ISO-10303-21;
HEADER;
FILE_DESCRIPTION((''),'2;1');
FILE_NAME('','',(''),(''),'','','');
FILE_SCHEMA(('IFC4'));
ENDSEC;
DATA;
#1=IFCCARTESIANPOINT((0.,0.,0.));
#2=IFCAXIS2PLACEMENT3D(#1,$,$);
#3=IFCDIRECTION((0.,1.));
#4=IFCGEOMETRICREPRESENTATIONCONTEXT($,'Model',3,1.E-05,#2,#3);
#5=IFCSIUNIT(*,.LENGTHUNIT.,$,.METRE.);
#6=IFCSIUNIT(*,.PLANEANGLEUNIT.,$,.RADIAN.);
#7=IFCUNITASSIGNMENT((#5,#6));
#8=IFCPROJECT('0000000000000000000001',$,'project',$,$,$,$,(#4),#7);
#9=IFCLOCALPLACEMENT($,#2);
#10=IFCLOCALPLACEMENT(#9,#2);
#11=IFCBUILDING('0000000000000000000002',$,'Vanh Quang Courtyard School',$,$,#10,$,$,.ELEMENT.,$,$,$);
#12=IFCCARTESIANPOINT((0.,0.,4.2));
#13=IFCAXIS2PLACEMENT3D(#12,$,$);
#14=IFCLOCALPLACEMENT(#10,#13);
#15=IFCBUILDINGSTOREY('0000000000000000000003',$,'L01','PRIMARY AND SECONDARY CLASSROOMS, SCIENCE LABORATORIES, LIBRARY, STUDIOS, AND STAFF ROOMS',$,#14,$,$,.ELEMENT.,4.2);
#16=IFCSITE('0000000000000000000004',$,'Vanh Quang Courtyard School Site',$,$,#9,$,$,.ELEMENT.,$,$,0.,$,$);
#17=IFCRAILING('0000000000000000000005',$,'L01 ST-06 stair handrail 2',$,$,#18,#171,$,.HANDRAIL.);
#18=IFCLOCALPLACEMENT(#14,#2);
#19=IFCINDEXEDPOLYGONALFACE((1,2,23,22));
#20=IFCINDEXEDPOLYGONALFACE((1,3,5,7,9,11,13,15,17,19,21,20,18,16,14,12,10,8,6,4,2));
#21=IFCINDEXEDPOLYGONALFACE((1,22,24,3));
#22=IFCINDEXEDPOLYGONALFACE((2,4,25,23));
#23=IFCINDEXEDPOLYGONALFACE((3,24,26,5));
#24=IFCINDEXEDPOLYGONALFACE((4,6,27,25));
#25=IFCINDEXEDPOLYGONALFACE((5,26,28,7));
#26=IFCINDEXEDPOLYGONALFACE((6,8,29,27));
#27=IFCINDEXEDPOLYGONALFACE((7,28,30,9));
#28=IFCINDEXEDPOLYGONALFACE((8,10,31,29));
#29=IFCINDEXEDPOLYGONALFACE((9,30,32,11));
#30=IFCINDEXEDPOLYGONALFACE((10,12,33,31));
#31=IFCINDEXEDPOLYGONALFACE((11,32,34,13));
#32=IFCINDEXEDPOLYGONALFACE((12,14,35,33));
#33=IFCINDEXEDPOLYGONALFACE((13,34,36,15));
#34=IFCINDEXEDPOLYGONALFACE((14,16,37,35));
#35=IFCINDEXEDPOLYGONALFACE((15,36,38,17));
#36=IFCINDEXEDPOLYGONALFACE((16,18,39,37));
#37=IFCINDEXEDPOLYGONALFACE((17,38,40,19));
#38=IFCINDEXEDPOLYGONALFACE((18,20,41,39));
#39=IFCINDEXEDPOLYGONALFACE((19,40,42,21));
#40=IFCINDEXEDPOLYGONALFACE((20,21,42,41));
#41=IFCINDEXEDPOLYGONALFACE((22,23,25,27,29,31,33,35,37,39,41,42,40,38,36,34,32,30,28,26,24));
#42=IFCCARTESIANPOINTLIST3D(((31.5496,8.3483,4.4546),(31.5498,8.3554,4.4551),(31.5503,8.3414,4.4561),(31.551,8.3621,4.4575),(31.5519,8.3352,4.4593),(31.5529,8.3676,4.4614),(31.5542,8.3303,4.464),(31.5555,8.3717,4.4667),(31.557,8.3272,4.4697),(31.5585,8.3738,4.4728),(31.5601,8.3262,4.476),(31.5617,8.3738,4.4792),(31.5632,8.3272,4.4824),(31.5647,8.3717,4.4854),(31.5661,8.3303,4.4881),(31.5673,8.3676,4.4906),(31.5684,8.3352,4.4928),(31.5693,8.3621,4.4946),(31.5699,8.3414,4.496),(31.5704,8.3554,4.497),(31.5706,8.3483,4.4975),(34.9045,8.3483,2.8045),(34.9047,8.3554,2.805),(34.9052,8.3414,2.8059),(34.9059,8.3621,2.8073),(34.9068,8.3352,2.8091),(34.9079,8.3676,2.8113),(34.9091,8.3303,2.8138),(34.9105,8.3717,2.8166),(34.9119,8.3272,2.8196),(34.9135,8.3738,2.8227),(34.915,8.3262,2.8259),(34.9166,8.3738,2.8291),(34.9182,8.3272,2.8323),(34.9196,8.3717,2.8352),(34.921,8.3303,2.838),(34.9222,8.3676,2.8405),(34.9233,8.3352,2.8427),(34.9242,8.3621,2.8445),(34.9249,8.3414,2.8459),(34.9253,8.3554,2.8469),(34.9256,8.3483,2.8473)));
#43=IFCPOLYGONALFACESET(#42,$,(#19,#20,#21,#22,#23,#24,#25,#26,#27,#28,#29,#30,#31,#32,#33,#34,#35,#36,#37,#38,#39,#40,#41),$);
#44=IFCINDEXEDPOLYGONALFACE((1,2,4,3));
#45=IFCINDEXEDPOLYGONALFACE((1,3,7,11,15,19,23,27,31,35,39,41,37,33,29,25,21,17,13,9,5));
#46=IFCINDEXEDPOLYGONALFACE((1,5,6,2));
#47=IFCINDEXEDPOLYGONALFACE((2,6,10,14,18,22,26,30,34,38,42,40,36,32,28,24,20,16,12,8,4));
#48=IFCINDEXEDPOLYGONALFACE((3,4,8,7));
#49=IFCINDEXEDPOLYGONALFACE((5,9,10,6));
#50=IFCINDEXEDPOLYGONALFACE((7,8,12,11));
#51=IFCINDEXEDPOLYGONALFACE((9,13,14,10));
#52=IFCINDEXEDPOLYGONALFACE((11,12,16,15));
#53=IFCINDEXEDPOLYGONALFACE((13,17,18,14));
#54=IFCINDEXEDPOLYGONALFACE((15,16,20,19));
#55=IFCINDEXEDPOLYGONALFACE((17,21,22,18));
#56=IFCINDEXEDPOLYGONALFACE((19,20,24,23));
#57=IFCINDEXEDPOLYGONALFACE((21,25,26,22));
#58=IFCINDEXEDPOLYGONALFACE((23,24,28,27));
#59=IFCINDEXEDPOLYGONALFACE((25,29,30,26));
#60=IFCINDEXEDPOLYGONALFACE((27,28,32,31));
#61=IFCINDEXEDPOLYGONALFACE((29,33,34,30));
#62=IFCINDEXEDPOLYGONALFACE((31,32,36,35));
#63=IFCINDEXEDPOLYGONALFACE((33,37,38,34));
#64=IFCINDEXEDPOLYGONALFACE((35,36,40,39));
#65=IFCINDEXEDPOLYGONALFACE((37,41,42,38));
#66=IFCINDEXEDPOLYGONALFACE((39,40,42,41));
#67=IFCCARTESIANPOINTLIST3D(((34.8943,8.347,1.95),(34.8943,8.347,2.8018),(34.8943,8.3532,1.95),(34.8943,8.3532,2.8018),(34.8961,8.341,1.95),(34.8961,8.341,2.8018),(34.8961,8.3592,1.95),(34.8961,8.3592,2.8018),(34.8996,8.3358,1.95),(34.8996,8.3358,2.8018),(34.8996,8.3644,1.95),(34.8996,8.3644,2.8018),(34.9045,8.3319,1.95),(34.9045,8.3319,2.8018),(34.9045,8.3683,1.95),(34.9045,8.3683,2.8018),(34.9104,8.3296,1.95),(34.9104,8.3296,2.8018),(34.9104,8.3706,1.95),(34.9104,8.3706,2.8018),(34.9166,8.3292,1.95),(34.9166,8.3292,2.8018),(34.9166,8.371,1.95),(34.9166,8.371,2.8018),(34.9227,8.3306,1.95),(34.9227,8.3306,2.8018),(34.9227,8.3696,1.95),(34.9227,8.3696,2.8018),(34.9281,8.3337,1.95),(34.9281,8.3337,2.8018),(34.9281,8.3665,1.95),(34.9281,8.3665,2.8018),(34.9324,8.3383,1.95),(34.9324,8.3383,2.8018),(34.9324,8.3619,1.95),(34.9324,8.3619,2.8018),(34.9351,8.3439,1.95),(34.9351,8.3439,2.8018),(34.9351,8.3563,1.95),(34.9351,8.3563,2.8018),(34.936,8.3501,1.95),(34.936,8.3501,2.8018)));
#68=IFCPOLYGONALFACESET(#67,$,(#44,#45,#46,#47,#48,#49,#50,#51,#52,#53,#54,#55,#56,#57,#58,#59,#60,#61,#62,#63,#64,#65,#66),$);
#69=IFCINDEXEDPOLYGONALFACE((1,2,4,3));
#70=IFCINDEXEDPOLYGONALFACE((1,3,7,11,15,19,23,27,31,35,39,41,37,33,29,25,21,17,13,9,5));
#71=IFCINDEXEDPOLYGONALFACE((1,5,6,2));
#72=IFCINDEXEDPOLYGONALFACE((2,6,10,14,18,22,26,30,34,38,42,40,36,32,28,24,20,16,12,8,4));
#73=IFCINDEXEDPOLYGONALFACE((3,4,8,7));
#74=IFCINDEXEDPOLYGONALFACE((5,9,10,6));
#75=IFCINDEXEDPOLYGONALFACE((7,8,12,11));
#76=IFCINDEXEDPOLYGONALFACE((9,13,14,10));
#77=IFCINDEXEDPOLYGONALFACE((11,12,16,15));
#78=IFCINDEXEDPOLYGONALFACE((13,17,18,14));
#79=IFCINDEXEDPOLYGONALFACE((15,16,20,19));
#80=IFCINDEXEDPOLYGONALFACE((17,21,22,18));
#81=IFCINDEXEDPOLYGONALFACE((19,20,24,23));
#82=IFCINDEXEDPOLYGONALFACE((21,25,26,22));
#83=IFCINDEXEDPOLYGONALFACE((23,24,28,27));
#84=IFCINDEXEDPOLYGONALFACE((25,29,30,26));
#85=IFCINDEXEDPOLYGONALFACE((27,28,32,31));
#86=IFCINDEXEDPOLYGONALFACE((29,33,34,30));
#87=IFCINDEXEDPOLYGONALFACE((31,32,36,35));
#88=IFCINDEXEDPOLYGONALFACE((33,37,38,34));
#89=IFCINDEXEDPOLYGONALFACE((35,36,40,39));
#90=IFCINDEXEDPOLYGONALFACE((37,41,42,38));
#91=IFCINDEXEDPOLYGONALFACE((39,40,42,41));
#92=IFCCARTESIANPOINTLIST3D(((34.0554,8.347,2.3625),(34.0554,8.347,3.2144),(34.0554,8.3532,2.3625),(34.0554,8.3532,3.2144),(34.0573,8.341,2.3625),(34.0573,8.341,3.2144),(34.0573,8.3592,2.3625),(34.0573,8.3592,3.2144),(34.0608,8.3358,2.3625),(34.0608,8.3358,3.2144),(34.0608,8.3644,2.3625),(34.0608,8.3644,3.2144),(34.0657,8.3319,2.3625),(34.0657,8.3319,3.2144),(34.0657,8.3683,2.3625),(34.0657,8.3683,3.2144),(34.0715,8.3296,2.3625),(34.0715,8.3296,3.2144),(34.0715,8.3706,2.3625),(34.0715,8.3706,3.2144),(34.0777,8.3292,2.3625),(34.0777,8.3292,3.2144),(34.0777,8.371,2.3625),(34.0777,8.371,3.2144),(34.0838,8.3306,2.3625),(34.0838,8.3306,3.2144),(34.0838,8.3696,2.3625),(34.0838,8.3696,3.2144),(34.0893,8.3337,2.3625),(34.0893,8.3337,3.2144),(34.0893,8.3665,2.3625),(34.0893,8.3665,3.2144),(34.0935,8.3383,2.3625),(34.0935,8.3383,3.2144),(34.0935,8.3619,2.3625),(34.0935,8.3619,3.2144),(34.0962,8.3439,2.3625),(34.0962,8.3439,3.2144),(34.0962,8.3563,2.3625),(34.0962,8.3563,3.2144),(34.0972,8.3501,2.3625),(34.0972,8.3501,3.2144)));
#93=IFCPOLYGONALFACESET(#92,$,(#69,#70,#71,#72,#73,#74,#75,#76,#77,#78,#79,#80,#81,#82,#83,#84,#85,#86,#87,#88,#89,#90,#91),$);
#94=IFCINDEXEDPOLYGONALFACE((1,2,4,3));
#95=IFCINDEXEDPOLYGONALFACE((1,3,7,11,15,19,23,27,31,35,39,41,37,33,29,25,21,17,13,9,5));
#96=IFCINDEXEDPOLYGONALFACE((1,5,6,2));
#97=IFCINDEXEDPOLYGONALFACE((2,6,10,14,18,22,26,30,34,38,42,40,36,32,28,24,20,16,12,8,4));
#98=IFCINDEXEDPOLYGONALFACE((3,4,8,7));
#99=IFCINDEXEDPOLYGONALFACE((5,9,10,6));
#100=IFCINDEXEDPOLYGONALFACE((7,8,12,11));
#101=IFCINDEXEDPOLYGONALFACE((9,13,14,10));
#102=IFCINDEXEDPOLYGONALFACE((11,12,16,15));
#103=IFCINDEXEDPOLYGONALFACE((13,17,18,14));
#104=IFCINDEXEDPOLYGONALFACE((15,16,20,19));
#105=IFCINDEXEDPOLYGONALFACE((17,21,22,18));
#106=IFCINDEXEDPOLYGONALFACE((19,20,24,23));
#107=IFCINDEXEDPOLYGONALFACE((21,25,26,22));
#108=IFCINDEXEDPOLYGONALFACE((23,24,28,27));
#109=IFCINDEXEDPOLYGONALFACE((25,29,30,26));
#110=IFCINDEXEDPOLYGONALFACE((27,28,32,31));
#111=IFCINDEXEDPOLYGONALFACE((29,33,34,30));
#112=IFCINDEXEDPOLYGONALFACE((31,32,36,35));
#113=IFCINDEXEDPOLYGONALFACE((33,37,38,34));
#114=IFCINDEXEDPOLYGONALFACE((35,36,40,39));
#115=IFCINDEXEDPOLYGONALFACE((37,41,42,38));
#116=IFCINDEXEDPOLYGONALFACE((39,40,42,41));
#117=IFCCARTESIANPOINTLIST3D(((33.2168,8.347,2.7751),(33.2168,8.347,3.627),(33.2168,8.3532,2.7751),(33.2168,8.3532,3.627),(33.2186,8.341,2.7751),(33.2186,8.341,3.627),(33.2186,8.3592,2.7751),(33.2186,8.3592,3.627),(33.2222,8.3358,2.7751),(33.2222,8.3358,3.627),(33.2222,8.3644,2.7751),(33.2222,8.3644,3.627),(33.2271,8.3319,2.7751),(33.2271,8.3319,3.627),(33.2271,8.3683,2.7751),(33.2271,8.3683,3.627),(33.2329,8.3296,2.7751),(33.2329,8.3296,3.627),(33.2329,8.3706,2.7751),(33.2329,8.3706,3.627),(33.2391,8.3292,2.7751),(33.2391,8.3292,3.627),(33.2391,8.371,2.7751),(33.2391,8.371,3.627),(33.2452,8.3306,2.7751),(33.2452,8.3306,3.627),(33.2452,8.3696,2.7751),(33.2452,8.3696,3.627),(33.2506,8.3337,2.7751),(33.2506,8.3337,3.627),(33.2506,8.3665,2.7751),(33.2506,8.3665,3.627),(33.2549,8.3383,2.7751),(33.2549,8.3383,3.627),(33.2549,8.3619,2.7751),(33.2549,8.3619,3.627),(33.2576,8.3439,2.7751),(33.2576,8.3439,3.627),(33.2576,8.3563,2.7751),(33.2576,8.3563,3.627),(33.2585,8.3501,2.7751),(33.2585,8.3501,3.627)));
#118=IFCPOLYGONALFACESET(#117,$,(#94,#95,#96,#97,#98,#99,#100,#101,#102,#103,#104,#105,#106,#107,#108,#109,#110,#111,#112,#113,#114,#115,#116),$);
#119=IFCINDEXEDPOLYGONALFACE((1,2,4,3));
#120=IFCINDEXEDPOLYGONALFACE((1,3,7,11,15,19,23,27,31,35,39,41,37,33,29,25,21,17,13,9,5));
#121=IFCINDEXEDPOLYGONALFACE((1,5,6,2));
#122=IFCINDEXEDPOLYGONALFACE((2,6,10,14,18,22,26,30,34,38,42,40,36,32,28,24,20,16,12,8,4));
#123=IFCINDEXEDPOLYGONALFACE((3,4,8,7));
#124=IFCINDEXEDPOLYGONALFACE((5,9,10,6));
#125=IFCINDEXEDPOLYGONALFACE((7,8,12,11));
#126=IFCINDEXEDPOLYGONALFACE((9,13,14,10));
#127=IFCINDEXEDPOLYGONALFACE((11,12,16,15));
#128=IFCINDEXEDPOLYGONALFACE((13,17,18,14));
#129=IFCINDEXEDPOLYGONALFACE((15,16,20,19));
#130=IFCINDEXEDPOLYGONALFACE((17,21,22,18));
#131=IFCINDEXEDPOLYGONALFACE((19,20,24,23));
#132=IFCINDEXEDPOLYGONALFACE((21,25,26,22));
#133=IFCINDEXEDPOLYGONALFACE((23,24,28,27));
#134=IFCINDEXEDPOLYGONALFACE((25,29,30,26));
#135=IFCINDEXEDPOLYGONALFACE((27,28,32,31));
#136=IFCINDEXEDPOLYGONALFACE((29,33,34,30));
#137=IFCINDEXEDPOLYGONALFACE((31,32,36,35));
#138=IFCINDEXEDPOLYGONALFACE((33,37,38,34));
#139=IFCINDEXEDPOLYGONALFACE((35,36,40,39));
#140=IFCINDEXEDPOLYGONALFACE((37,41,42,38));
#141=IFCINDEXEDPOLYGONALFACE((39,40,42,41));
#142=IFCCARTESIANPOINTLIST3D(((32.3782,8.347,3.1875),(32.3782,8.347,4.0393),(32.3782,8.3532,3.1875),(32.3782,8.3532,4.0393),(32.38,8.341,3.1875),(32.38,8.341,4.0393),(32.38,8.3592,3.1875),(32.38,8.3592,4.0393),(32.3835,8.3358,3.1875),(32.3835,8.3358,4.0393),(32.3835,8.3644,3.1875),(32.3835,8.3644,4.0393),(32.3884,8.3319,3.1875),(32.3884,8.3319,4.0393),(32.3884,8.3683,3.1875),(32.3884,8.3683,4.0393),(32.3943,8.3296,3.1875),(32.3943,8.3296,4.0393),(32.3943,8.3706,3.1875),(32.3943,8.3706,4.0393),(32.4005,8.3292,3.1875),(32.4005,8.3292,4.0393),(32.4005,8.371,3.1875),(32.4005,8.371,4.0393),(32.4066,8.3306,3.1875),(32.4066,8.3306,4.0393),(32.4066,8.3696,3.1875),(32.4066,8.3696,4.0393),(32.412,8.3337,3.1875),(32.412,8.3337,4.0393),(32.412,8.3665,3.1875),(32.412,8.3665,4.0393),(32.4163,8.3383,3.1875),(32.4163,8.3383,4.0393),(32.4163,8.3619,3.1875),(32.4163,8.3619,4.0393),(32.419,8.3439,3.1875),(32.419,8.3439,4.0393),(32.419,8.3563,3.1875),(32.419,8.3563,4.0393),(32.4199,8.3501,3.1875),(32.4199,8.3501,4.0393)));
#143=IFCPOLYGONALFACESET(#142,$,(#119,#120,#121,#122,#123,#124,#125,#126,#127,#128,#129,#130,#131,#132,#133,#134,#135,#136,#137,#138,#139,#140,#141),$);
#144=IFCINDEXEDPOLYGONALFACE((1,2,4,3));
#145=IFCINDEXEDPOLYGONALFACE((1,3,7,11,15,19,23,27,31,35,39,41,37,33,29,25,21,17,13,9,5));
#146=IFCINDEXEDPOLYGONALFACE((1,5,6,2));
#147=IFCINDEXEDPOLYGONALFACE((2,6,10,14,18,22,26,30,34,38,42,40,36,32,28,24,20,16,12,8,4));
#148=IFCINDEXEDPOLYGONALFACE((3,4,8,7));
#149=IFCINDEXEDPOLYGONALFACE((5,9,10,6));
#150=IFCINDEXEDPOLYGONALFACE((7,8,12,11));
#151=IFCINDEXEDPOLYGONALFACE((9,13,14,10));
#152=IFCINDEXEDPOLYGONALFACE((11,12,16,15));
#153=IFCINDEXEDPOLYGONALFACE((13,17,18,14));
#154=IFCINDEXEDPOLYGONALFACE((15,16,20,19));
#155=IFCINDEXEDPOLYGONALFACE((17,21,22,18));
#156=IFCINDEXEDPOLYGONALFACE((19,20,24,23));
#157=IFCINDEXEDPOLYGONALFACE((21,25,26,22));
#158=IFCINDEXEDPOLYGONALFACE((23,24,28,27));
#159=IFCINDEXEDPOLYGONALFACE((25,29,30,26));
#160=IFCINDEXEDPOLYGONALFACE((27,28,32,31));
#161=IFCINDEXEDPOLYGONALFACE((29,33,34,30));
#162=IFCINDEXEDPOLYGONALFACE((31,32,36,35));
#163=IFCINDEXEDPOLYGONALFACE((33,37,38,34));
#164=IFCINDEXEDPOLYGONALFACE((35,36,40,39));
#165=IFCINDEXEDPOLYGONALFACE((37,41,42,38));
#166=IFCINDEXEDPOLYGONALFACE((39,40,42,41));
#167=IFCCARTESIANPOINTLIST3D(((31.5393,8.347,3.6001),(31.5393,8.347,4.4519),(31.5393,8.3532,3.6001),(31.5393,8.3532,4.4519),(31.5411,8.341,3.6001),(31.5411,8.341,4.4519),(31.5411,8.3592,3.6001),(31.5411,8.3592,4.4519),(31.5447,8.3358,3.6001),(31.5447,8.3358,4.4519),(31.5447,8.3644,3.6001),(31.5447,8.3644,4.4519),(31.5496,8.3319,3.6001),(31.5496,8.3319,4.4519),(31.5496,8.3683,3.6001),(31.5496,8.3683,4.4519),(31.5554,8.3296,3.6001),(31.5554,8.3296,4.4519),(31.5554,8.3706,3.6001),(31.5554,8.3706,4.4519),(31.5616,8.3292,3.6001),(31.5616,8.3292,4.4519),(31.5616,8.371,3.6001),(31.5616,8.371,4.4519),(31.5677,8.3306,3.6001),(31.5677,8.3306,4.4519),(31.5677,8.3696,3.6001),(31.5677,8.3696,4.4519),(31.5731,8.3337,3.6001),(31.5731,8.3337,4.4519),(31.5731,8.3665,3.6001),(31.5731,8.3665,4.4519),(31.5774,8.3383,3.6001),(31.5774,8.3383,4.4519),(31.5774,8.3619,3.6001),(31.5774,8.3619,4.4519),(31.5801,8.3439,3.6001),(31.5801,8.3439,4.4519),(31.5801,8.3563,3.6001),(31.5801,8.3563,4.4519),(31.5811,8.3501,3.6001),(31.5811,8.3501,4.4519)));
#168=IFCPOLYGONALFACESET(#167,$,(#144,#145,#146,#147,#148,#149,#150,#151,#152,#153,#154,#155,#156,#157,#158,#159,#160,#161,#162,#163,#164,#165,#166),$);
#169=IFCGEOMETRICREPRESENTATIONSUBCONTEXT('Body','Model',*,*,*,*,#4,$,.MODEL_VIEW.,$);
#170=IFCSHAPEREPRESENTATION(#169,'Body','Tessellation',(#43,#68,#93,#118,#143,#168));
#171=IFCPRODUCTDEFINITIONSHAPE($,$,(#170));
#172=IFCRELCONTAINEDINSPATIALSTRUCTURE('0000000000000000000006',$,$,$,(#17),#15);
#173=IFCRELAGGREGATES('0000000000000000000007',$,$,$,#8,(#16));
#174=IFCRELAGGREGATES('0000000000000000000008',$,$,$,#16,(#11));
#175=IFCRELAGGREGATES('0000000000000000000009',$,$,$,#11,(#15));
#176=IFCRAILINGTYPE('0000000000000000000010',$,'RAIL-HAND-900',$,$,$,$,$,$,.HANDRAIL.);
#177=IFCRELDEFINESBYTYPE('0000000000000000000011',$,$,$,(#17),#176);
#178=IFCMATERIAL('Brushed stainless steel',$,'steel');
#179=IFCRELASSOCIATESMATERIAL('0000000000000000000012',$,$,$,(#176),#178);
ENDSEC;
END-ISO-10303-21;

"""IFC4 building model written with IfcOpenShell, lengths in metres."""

from ifc_helpers import new_model, si_unit, direction, frame, origin, origin_2d, place, context, subcontext, project, spatial, circle, extrude, material, type_object, element, save


model = new_model("IFC4")

# Units and contexts
model_context = context("Model", 3, precision=1e-05, world=origin(), true_north=direction((0.0, 1.0)))
body_context = subcontext(model_context, "Body", "Model", "MODEL_VIEW")
ifc_project = project(units=[si_unit("LENGTHUNIT", "METRE"), si_unit("PLANEANGLEUNIT", "RADIAN")], contexts=[model_context])

# Site, building, storey
site_placement = place(None, origin())
site = spatial("IfcSite", under=ifc_project, at=site_placement, Name="Vanh Quang Courtyard School Site", CompositionType="ELEMENT", RefElevation=0.0)
building_placement = place(site_placement, origin())
building = spatial("IfcBuilding", under=site, at=building_placement, Name="Vanh Quang Courtyard School", CompositionType="ELEMENT")
storey_placement = place(building_placement, frame((0.0, 0.0, 4.2)))
storey = spatial("IfcBuildingStorey", under=building, at=storey_placement, Name="L01", Description="PRIMARY AND SECONDARY CLASSROOMS, SCIENCE LABORATORIES, LIBRARY, STUDIOS, AND STAFF ROOMS", CompositionType="ELEMENT", Elevation=4.2)

# Railing
ifc_material_1 = material(Name="Brushed stainless steel", Category="steel")
railing_type_1 = type_object("IfcRailingType", Name="RAIL-HAND-900", PredefinedType="HANDRAIL", material=ifc_material_1)
railing_1_placement = place(storey_placement, frame((34.915, 8.3501, 1.95)))
element("IfcRailing", 1, at=railing_1_placement, inside=storey, type_object=railing_type_1, Name="L01 ST-06 stair handrail 2", PredefinedType="HANDRAIL", context=body_context, shape_type="SweptSolid", body=[
    extrude(circle(Radius=0.0239, at=origin_2d()), frame((0.0, 0.0, 0.876), z_axis=(-0.897333, 0.0, 0.441353), x_axis=(0.0, -1.0, 0.0)), (0.0, 0.0, 1.0), 3.7388),
    extrude(circle(Radius=0.021, at=origin_2d()), origin(), (0.0, 0.0, 1.0), 0.8518),
    extrude(circle(Radius=0.021, at=origin_2d()), frame((-0.8389, 0.0, 0.4126)), (0.0, 0.0, 1.0), 0.8518),
    extrude(circle(Radius=0.021, at=origin_2d()), frame((-1.6775, 0.0, 0.8252)), (0.0, 0.0, 1.0), 0.8518),
    extrude(circle(Radius=0.021, at=origin_2d()), frame((-2.5161, 0.0, 1.2375)), (0.0, 0.0, 1.0), 0.8518),
    extrude(circle(Radius=0.021, at=origin_2d()), frame((-3.355, 0.0, 1.6501)), (0.0, 0.0, 1.0), 0.8518),
])

save(model, "model.ifc")
